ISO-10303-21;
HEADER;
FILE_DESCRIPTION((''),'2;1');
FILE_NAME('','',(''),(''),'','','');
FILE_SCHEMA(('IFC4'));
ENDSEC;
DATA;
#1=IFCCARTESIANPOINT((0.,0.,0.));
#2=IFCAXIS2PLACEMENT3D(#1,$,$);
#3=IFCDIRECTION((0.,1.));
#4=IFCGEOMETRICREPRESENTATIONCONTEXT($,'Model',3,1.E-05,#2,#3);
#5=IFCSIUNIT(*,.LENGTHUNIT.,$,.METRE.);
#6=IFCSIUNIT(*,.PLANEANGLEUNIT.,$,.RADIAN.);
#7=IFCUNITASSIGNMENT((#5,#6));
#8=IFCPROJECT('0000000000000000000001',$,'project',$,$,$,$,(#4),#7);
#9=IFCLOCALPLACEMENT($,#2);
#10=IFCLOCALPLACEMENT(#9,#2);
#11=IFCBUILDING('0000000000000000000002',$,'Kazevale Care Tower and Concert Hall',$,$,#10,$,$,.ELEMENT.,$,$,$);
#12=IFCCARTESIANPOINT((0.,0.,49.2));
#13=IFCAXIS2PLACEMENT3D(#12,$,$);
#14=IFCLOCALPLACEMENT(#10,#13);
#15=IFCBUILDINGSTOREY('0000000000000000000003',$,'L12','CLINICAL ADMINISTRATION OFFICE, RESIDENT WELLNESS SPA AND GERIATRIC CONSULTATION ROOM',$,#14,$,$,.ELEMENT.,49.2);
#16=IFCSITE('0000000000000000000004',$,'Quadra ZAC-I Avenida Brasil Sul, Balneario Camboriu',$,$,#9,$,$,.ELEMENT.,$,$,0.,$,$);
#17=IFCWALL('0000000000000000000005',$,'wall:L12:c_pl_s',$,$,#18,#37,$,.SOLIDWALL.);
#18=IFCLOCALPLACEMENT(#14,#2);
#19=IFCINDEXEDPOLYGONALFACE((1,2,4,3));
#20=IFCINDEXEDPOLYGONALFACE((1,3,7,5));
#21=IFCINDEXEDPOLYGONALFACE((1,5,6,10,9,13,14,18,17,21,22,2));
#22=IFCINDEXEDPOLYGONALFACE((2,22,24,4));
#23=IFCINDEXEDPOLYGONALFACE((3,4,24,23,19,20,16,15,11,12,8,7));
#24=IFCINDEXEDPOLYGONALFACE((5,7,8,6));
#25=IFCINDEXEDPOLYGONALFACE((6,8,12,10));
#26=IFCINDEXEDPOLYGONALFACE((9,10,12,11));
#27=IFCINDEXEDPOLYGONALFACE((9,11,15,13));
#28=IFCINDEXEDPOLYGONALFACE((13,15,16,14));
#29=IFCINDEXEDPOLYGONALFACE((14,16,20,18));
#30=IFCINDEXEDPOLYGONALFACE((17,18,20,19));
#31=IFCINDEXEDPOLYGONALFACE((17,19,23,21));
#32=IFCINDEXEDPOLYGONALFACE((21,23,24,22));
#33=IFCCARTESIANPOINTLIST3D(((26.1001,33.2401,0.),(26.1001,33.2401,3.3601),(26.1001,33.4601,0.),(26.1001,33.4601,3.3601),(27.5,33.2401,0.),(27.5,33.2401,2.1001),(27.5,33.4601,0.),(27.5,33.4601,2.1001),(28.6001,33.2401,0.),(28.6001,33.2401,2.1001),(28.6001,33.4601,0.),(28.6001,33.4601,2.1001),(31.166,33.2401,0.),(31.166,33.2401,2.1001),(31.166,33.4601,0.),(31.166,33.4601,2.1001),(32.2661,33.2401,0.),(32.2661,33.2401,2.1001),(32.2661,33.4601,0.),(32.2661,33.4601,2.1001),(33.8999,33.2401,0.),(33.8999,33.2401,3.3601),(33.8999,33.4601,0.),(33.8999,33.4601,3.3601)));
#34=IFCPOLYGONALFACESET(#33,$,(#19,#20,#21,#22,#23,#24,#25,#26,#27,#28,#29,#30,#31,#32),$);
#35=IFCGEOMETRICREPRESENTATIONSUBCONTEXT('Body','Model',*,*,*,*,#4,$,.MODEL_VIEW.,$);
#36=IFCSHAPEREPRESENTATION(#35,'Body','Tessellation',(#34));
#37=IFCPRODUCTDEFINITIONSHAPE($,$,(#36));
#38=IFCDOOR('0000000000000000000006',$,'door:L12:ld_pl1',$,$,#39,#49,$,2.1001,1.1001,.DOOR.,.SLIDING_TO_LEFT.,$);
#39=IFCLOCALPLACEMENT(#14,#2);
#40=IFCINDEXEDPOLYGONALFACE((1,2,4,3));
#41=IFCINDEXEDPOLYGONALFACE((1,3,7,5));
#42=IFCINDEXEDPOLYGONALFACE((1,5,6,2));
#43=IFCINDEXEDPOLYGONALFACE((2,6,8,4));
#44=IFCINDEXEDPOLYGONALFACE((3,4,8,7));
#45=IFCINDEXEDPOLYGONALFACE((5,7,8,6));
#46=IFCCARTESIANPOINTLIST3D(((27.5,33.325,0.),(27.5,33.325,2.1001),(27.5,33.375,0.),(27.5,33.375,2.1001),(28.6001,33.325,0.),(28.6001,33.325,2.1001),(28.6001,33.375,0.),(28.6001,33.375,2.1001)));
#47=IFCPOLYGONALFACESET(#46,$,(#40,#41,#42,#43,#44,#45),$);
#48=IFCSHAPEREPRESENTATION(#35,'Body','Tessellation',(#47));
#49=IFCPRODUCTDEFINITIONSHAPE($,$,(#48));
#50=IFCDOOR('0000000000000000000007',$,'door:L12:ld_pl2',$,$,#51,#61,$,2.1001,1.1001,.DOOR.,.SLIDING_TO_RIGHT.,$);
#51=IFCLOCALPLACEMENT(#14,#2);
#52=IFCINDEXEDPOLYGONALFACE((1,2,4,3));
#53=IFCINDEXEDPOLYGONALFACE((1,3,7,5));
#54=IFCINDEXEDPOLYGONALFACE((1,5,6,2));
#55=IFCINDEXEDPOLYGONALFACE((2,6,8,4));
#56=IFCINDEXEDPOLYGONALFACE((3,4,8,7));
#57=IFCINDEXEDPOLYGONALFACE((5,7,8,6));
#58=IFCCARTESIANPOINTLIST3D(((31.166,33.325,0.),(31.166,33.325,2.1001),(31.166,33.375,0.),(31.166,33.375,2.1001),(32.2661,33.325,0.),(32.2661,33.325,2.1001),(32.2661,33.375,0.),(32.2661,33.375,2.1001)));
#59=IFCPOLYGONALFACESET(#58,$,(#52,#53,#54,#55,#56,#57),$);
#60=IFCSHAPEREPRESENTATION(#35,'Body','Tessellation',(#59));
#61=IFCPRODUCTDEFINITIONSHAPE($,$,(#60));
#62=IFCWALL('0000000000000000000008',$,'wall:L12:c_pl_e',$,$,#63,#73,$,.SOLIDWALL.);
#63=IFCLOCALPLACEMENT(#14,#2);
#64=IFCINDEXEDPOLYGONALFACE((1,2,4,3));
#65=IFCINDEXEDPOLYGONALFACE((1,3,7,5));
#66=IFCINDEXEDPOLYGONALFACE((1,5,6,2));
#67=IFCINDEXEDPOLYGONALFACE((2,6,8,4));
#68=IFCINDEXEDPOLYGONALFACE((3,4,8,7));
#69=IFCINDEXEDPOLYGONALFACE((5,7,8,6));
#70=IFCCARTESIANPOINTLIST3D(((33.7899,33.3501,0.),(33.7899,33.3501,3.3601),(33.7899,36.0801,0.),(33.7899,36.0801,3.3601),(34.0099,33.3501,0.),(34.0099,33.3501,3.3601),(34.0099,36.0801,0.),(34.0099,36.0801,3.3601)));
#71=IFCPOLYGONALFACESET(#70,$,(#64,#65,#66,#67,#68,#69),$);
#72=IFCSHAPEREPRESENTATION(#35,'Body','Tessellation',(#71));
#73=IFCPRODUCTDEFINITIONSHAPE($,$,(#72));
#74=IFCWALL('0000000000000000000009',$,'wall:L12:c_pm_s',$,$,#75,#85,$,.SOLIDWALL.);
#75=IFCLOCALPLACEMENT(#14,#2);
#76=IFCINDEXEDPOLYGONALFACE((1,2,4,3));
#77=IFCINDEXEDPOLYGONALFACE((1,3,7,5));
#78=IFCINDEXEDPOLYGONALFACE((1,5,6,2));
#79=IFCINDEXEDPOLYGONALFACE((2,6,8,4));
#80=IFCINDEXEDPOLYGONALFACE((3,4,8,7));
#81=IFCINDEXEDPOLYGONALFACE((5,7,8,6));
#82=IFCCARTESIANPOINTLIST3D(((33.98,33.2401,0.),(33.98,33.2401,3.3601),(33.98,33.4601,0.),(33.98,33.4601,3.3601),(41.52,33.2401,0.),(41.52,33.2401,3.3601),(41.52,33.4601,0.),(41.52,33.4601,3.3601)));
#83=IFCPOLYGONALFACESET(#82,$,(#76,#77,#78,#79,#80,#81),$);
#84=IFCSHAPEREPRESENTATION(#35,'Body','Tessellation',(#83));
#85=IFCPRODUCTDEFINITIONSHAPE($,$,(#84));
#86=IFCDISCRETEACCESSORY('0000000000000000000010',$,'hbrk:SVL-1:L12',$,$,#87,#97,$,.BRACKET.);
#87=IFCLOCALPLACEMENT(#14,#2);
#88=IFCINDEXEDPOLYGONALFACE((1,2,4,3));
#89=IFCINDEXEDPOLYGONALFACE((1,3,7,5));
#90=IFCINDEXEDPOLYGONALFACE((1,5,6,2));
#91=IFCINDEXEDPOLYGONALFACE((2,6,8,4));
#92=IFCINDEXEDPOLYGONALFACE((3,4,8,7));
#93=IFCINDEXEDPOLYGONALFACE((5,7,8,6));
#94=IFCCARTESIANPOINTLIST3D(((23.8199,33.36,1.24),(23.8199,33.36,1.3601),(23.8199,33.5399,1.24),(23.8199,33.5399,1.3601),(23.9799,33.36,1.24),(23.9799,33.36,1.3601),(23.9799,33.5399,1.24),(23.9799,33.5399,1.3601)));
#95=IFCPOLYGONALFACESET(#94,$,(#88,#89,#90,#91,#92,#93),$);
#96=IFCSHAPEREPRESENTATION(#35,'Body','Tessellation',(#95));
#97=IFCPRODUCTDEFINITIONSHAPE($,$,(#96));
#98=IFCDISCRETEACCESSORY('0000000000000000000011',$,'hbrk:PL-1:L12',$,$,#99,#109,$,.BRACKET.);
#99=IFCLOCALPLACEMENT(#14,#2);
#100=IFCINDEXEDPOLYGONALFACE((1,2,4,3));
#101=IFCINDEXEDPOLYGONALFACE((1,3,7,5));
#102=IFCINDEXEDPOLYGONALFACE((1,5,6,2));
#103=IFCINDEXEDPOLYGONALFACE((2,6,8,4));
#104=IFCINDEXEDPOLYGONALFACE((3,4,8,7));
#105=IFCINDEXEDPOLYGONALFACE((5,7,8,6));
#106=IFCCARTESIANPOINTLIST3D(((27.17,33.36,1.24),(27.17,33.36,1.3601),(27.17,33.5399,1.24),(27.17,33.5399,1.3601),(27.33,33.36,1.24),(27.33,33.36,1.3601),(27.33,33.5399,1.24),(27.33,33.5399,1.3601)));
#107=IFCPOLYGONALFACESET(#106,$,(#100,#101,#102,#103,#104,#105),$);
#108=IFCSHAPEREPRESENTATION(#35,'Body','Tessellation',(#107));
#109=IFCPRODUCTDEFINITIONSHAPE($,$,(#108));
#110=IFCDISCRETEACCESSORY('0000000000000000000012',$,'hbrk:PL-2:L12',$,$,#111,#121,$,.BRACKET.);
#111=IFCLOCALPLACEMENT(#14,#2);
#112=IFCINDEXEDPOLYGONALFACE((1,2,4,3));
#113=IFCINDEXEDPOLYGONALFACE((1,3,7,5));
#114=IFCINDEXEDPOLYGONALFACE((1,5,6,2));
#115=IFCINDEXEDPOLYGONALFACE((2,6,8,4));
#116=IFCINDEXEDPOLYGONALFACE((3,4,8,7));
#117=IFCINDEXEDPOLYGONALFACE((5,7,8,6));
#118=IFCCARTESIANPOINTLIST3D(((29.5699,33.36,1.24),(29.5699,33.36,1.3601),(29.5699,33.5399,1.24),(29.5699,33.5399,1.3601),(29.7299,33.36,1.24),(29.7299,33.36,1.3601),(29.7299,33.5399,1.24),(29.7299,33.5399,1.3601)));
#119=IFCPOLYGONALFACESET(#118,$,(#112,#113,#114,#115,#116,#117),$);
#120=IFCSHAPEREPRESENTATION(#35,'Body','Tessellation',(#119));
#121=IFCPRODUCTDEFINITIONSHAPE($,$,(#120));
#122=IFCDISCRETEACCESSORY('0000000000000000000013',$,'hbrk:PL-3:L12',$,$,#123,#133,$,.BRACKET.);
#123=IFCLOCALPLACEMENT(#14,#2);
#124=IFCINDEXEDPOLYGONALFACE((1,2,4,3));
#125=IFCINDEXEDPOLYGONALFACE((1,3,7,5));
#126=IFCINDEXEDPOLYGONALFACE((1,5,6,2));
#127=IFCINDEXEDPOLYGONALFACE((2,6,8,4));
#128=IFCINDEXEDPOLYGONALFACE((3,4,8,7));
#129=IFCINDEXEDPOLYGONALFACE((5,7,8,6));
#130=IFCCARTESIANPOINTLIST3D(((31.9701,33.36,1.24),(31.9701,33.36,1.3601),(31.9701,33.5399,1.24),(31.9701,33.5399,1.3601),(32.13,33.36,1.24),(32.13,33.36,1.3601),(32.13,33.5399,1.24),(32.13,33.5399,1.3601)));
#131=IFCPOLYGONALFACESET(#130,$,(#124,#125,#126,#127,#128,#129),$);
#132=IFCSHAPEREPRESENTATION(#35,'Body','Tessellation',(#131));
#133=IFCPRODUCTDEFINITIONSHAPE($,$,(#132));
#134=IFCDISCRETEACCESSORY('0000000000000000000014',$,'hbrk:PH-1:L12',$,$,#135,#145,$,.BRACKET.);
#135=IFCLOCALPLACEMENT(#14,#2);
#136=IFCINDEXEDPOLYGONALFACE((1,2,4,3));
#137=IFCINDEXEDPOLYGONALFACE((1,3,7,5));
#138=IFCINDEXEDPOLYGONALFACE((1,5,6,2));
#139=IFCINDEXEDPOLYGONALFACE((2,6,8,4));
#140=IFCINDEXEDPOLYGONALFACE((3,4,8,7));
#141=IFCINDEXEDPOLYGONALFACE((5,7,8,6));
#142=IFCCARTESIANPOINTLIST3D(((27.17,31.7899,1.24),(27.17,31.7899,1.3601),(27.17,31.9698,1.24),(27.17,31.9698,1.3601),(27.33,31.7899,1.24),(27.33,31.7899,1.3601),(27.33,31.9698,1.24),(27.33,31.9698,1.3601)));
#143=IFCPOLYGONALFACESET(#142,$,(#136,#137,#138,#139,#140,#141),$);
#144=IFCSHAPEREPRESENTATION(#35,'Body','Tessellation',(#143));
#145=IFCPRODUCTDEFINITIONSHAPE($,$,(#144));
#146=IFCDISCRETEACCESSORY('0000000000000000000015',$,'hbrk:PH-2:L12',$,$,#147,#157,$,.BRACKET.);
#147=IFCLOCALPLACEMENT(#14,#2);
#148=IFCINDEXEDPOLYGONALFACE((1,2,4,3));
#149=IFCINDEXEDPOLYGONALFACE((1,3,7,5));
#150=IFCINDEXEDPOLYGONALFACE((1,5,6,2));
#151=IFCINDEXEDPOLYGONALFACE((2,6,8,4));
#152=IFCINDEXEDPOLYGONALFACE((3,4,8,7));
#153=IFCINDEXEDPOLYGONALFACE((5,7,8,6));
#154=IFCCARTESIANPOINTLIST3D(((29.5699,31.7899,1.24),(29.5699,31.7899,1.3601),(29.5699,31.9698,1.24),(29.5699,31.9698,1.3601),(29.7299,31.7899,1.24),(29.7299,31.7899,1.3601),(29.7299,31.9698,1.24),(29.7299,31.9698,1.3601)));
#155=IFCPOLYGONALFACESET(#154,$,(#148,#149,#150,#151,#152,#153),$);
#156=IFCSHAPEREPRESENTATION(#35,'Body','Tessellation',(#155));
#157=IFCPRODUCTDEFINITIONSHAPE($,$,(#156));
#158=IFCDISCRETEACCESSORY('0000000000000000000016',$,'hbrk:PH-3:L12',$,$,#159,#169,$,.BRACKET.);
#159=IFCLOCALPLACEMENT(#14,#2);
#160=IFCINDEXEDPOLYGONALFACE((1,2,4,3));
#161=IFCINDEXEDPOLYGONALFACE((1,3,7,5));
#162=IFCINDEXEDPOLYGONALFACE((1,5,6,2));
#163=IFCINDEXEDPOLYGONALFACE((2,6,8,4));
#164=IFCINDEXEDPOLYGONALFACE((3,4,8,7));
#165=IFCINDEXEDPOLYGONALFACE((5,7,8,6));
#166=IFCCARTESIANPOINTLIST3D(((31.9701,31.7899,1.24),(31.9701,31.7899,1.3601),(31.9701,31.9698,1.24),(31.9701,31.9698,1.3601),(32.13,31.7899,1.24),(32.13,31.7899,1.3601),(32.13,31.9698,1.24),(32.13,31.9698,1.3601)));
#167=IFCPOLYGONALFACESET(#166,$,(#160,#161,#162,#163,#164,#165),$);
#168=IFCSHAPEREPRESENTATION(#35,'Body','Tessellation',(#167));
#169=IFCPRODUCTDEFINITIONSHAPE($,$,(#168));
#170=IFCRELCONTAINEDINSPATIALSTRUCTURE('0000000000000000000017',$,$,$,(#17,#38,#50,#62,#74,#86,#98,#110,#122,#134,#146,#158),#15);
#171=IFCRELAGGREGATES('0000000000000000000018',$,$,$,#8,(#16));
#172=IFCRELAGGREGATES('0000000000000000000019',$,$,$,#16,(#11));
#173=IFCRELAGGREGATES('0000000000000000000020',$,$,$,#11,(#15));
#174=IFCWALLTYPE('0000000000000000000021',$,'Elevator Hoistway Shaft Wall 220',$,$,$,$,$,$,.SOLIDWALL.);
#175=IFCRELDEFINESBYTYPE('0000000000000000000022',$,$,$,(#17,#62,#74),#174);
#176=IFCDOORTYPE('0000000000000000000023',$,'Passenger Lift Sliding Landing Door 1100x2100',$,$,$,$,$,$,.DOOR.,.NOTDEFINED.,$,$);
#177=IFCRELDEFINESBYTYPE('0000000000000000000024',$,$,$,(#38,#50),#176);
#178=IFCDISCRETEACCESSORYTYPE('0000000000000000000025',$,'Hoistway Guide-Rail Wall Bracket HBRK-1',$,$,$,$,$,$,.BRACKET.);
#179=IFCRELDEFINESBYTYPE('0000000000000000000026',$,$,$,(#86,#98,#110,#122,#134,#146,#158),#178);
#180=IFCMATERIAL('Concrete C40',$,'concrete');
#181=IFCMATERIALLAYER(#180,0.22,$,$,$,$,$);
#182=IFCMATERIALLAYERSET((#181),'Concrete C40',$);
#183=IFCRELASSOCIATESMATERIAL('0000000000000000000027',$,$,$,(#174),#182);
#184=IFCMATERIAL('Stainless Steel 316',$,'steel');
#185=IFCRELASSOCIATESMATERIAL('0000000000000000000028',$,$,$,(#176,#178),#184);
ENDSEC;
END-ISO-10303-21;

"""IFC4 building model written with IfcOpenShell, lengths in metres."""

from ifc_helpers import new_model, si_unit, direction, frame, frame_2d, origin, origin_2d, place, context, subcontext, project, spatial, rectangle, extrude, material, layer, layer_set, type_object, element, fill, save


model = new_model("IFC4")

# Units and contexts
model_context = context("Model", 3, precision=1e-05, world=origin(), true_north=direction((0.0, 1.0)))
body_context = subcontext(model_context, "Body", "Model", "MODEL_VIEW")
ifc_project = project(units=[si_unit("LENGTHUNIT", "METRE"), si_unit("PLANEANGLEUNIT", "RADIAN")], contexts=[model_context])

# Site, building, storey
site_placement = place(None, origin())
site = spatial("IfcSite", under=ifc_project, at=site_placement, Name="Quadra ZAC-I Avenida Brasil Sul, Balneario Camboriu", CompositionType="ELEMENT", RefElevation=0.0)
building_placement = place(site_placement, origin())
building = spatial("IfcBuilding", under=site, at=building_placement, Name="Kazevale Care Tower and Concert Hall", CompositionType="ELEMENT")
storey_placement = place(building_placement, frame((0.0, 0.0, 49.2)))
storey = spatial("IfcBuildingStorey", under=building, at=storey_placement, Name="L12", Description="CLINICAL ADMINISTRATION OFFICE, RESIDENT WELLNESS SPA AND GERIATRIC CONSULTATION ROOM", CompositionType="ELEMENT", Elevation=49.2)

# Shared definitions
ifc_material_1 = material(Name="Concrete C40", Category="concrete")
ifc_layer = layer(ifc_material_1, 0.22)
ifc_layer_set = layer_set([ifc_layer], Name="Concrete C40")
wall_type = type_object("IfcWallType", Name="Elevator Hoistway Shaft Wall 220", PredefinedType="SOLIDWALL", material=ifc_layer_set)

# Shared definitions
ifc_material_2 = material(Name="Stainless Steel 316", Category="steel")

# Wall, openings, doors
wall_1_placement = place(storey_placement, frame((26.1001, 33.3501, 0.0), z_axis=(0.0, 0.0, 1.0), x_axis=(1.0, 0.0, 0.0)))
wall_1 = element("IfcWall", 1, at=wall_1_placement, inside=storey, type_object=wall_type, Name="wall:L12:c_pl_s", PredefinedType="SOLIDWALL", context=body_context, shape_type="SweptSolid", body=[
    extrude(rectangle(XDim=7.7998, YDim=0.22, at=frame_2d((3.8999, 0.0))), origin(), (0.0, 0.0, 1.0), 3.3601),
])
opening_1_placement = place(wall_1_placement, frame((1.3999, 0.0, 0.0)))
opening_1 = element("IfcOpeningElement", 2, at=opening_1_placement, cuts=wall_1, PredefinedType="OPENING", context=body_context, shape_type="SweptSolid", body=[
    extrude(rectangle(XDim=1.1001, YDim=2.1001, at=frame_2d((0.55, 1.05))), frame((0.0, 0.1199, 0.0), z_axis=(0.0, -1.0, 0.0), x_axis=(1.0, 0.0, 0.0)), (0.0, 0.0, 1.0), 0.24),
])
opening_2_placement = place(wall_1_placement, frame((5.0659, 0.0, 0.0)))
opening_2 = element("IfcOpeningElement", 3, at=opening_2_placement, cuts=wall_1, PredefinedType="OPENING", context=body_context, shape_type="SweptSolid", body=[
    extrude(rectangle(XDim=1.1001, YDim=2.1001, at=frame_2d((0.55, 1.05))), frame((0.0, 0.1199, 0.0), z_axis=(0.0, -1.0, 0.0), x_axis=(1.0, 0.0, 0.0)), (0.0, 0.0, 1.0), 0.24),
])
door_type_1 = type_object("IfcDoorType", Name="Passenger Lift Sliding Landing Door 1100x2100", OperationType="NOTDEFINED", PredefinedType="DOOR", material=ifc_material_2)
door_1_placement = place(opening_1_placement, origin())
door_1 = element("IfcDoor", 4, at=door_1_placement, inside=storey, type_object=door_type_1, Name="door:L12:ld_pl1", OperationType="SLIDING_TO_LEFT", OverallHeight=2.1001, OverallWidth=1.1001, PredefinedType="DOOR", context=body_context, shape_type="SweptSolid", body=[
    extrude(rectangle(XDim=1.1001, YDim=2.1001, at=frame_2d((0.55, 1.05))), frame((0.0, 0.0249, 0.0), z_axis=(0.0, -1.0, 0.0), x_axis=(1.0, 0.0, 0.0)), (0.0, 0.0, 1.0), 0.05),
])
fill(opening_1, door_1)
door_2_placement = place(opening_2_placement, origin())
door_2 = element("IfcDoor", 5, at=door_2_placement, inside=storey, type_object=door_type_1, Name="door:L12:ld_pl2", OperationType="SLIDING_TO_RIGHT", OverallHeight=2.1001, OverallWidth=1.1001, PredefinedType="DOOR", context=body_context, shape_type="SweptSolid", body=[
    extrude(rectangle(XDim=1.1001, YDim=2.1001, at=frame_2d((0.55, 1.05))), frame((0.0, 0.0249, 0.0), z_axis=(0.0, -1.0, 0.0), x_axis=(1.0, 0.0, 0.0)), (0.0, 0.0, 1.0), 0.05),
])
fill(opening_2, door_2)

# Walls
wall_2_placement = place(storey_placement, frame((33.8999, 33.3501, 0.0), z_axis=(0.0, 0.0, 1.0), x_axis=(0.0, 1.0, 0.0)))
element("IfcWall", 6, at=wall_2_placement, inside=storey, type_object=wall_type, Name="wall:L12:c_pl_e", PredefinedType="SOLIDWALL", context=body_context, shape_type="SweptSolid", body=[
    extrude(rectangle(XDim=2.73, YDim=0.22, at=frame_2d((1.365, 0.0))), origin(), (0.0, 0.0, 1.0), 3.3601),
])
wall_3_placement = place(storey_placement, frame((33.98, 33.3501, 0.0), z_axis=(0.0, 0.0, 1.0), x_axis=(1.0, 0.0, 0.0)))
element("IfcWall", 7, at=wall_3_placement, inside=storey, type_object=wall_type, Name="wall:L12:c_pm_s", PredefinedType="SOLIDWALL", context=body_context, shape_type="SweptSolid", body=[
    extrude(rectangle(XDim=7.54, YDim=0.22, at=frame_2d((3.77, 0.0))), origin(), (0.0, 0.0, 1.0), 3.3601),
])

# Discrete accessories
discrete_accessory_type = type_object("IfcDiscreteAccessoryType", Name="Hoistway Guide-Rail Wall Bracket HBRK-1", PredefinedType="BRACKET", material=ifc_material_2)
for number, where, z_axis, x_axis, name in (
    (8, (23.8999, 33.45, 1.24), (0.0, 0.0, 1.0), (1.0, 0.0, 0.0), "hbrk:SVL-1:L12"),
    (9, (27.25, 33.45, 1.24), (0.0, 0.0, 1.0), (1.0, 0.0, 0.0), "hbrk:PL-1:L12"),
    (10, (29.6499, 33.45, 1.24), (0.0, 0.0, 1.0), (1.0, 0.0, 0.0), "hbrk:PL-2:L12"),
    (11, (32.05, 33.45, 1.24), (0.0, 0.0, 1.0), (1.0, 0.0, 0.0), "hbrk:PL-3:L12"),
    (12, (27.25, 31.8799, 1.24), (0.0, 0.0, 1.0), (1.0, 0.0, 0.0), "hbrk:PH-1:L12"),
    (13, (29.6499, 31.8799, 1.24), (0.0, 0.0, 1.0), (1.0, 0.0, 0.0), "hbrk:PH-2:L12"),
    (14, (32.05, 31.8799, 1.24), (0.0, 0.0, 1.0), (1.0, 0.0, 0.0), "hbrk:PH-3:L12"),
):
    element("IfcDiscreteAccessory", number, at=place(storey_placement, frame(where, z_axis=z_axis, x_axis=x_axis)), inside=storey, type_object=discrete_accessory_type, Name=name, PredefinedType="BRACKET", context=body_context, shape_type="SweptSolid", body=[
        extrude(rectangle(XDim=0.1599, YDim=0.1799, at=origin_2d()), origin(), (0.0, 0.0, 1.0), 0.1201),
    ])

save(model, "model.ifc")
